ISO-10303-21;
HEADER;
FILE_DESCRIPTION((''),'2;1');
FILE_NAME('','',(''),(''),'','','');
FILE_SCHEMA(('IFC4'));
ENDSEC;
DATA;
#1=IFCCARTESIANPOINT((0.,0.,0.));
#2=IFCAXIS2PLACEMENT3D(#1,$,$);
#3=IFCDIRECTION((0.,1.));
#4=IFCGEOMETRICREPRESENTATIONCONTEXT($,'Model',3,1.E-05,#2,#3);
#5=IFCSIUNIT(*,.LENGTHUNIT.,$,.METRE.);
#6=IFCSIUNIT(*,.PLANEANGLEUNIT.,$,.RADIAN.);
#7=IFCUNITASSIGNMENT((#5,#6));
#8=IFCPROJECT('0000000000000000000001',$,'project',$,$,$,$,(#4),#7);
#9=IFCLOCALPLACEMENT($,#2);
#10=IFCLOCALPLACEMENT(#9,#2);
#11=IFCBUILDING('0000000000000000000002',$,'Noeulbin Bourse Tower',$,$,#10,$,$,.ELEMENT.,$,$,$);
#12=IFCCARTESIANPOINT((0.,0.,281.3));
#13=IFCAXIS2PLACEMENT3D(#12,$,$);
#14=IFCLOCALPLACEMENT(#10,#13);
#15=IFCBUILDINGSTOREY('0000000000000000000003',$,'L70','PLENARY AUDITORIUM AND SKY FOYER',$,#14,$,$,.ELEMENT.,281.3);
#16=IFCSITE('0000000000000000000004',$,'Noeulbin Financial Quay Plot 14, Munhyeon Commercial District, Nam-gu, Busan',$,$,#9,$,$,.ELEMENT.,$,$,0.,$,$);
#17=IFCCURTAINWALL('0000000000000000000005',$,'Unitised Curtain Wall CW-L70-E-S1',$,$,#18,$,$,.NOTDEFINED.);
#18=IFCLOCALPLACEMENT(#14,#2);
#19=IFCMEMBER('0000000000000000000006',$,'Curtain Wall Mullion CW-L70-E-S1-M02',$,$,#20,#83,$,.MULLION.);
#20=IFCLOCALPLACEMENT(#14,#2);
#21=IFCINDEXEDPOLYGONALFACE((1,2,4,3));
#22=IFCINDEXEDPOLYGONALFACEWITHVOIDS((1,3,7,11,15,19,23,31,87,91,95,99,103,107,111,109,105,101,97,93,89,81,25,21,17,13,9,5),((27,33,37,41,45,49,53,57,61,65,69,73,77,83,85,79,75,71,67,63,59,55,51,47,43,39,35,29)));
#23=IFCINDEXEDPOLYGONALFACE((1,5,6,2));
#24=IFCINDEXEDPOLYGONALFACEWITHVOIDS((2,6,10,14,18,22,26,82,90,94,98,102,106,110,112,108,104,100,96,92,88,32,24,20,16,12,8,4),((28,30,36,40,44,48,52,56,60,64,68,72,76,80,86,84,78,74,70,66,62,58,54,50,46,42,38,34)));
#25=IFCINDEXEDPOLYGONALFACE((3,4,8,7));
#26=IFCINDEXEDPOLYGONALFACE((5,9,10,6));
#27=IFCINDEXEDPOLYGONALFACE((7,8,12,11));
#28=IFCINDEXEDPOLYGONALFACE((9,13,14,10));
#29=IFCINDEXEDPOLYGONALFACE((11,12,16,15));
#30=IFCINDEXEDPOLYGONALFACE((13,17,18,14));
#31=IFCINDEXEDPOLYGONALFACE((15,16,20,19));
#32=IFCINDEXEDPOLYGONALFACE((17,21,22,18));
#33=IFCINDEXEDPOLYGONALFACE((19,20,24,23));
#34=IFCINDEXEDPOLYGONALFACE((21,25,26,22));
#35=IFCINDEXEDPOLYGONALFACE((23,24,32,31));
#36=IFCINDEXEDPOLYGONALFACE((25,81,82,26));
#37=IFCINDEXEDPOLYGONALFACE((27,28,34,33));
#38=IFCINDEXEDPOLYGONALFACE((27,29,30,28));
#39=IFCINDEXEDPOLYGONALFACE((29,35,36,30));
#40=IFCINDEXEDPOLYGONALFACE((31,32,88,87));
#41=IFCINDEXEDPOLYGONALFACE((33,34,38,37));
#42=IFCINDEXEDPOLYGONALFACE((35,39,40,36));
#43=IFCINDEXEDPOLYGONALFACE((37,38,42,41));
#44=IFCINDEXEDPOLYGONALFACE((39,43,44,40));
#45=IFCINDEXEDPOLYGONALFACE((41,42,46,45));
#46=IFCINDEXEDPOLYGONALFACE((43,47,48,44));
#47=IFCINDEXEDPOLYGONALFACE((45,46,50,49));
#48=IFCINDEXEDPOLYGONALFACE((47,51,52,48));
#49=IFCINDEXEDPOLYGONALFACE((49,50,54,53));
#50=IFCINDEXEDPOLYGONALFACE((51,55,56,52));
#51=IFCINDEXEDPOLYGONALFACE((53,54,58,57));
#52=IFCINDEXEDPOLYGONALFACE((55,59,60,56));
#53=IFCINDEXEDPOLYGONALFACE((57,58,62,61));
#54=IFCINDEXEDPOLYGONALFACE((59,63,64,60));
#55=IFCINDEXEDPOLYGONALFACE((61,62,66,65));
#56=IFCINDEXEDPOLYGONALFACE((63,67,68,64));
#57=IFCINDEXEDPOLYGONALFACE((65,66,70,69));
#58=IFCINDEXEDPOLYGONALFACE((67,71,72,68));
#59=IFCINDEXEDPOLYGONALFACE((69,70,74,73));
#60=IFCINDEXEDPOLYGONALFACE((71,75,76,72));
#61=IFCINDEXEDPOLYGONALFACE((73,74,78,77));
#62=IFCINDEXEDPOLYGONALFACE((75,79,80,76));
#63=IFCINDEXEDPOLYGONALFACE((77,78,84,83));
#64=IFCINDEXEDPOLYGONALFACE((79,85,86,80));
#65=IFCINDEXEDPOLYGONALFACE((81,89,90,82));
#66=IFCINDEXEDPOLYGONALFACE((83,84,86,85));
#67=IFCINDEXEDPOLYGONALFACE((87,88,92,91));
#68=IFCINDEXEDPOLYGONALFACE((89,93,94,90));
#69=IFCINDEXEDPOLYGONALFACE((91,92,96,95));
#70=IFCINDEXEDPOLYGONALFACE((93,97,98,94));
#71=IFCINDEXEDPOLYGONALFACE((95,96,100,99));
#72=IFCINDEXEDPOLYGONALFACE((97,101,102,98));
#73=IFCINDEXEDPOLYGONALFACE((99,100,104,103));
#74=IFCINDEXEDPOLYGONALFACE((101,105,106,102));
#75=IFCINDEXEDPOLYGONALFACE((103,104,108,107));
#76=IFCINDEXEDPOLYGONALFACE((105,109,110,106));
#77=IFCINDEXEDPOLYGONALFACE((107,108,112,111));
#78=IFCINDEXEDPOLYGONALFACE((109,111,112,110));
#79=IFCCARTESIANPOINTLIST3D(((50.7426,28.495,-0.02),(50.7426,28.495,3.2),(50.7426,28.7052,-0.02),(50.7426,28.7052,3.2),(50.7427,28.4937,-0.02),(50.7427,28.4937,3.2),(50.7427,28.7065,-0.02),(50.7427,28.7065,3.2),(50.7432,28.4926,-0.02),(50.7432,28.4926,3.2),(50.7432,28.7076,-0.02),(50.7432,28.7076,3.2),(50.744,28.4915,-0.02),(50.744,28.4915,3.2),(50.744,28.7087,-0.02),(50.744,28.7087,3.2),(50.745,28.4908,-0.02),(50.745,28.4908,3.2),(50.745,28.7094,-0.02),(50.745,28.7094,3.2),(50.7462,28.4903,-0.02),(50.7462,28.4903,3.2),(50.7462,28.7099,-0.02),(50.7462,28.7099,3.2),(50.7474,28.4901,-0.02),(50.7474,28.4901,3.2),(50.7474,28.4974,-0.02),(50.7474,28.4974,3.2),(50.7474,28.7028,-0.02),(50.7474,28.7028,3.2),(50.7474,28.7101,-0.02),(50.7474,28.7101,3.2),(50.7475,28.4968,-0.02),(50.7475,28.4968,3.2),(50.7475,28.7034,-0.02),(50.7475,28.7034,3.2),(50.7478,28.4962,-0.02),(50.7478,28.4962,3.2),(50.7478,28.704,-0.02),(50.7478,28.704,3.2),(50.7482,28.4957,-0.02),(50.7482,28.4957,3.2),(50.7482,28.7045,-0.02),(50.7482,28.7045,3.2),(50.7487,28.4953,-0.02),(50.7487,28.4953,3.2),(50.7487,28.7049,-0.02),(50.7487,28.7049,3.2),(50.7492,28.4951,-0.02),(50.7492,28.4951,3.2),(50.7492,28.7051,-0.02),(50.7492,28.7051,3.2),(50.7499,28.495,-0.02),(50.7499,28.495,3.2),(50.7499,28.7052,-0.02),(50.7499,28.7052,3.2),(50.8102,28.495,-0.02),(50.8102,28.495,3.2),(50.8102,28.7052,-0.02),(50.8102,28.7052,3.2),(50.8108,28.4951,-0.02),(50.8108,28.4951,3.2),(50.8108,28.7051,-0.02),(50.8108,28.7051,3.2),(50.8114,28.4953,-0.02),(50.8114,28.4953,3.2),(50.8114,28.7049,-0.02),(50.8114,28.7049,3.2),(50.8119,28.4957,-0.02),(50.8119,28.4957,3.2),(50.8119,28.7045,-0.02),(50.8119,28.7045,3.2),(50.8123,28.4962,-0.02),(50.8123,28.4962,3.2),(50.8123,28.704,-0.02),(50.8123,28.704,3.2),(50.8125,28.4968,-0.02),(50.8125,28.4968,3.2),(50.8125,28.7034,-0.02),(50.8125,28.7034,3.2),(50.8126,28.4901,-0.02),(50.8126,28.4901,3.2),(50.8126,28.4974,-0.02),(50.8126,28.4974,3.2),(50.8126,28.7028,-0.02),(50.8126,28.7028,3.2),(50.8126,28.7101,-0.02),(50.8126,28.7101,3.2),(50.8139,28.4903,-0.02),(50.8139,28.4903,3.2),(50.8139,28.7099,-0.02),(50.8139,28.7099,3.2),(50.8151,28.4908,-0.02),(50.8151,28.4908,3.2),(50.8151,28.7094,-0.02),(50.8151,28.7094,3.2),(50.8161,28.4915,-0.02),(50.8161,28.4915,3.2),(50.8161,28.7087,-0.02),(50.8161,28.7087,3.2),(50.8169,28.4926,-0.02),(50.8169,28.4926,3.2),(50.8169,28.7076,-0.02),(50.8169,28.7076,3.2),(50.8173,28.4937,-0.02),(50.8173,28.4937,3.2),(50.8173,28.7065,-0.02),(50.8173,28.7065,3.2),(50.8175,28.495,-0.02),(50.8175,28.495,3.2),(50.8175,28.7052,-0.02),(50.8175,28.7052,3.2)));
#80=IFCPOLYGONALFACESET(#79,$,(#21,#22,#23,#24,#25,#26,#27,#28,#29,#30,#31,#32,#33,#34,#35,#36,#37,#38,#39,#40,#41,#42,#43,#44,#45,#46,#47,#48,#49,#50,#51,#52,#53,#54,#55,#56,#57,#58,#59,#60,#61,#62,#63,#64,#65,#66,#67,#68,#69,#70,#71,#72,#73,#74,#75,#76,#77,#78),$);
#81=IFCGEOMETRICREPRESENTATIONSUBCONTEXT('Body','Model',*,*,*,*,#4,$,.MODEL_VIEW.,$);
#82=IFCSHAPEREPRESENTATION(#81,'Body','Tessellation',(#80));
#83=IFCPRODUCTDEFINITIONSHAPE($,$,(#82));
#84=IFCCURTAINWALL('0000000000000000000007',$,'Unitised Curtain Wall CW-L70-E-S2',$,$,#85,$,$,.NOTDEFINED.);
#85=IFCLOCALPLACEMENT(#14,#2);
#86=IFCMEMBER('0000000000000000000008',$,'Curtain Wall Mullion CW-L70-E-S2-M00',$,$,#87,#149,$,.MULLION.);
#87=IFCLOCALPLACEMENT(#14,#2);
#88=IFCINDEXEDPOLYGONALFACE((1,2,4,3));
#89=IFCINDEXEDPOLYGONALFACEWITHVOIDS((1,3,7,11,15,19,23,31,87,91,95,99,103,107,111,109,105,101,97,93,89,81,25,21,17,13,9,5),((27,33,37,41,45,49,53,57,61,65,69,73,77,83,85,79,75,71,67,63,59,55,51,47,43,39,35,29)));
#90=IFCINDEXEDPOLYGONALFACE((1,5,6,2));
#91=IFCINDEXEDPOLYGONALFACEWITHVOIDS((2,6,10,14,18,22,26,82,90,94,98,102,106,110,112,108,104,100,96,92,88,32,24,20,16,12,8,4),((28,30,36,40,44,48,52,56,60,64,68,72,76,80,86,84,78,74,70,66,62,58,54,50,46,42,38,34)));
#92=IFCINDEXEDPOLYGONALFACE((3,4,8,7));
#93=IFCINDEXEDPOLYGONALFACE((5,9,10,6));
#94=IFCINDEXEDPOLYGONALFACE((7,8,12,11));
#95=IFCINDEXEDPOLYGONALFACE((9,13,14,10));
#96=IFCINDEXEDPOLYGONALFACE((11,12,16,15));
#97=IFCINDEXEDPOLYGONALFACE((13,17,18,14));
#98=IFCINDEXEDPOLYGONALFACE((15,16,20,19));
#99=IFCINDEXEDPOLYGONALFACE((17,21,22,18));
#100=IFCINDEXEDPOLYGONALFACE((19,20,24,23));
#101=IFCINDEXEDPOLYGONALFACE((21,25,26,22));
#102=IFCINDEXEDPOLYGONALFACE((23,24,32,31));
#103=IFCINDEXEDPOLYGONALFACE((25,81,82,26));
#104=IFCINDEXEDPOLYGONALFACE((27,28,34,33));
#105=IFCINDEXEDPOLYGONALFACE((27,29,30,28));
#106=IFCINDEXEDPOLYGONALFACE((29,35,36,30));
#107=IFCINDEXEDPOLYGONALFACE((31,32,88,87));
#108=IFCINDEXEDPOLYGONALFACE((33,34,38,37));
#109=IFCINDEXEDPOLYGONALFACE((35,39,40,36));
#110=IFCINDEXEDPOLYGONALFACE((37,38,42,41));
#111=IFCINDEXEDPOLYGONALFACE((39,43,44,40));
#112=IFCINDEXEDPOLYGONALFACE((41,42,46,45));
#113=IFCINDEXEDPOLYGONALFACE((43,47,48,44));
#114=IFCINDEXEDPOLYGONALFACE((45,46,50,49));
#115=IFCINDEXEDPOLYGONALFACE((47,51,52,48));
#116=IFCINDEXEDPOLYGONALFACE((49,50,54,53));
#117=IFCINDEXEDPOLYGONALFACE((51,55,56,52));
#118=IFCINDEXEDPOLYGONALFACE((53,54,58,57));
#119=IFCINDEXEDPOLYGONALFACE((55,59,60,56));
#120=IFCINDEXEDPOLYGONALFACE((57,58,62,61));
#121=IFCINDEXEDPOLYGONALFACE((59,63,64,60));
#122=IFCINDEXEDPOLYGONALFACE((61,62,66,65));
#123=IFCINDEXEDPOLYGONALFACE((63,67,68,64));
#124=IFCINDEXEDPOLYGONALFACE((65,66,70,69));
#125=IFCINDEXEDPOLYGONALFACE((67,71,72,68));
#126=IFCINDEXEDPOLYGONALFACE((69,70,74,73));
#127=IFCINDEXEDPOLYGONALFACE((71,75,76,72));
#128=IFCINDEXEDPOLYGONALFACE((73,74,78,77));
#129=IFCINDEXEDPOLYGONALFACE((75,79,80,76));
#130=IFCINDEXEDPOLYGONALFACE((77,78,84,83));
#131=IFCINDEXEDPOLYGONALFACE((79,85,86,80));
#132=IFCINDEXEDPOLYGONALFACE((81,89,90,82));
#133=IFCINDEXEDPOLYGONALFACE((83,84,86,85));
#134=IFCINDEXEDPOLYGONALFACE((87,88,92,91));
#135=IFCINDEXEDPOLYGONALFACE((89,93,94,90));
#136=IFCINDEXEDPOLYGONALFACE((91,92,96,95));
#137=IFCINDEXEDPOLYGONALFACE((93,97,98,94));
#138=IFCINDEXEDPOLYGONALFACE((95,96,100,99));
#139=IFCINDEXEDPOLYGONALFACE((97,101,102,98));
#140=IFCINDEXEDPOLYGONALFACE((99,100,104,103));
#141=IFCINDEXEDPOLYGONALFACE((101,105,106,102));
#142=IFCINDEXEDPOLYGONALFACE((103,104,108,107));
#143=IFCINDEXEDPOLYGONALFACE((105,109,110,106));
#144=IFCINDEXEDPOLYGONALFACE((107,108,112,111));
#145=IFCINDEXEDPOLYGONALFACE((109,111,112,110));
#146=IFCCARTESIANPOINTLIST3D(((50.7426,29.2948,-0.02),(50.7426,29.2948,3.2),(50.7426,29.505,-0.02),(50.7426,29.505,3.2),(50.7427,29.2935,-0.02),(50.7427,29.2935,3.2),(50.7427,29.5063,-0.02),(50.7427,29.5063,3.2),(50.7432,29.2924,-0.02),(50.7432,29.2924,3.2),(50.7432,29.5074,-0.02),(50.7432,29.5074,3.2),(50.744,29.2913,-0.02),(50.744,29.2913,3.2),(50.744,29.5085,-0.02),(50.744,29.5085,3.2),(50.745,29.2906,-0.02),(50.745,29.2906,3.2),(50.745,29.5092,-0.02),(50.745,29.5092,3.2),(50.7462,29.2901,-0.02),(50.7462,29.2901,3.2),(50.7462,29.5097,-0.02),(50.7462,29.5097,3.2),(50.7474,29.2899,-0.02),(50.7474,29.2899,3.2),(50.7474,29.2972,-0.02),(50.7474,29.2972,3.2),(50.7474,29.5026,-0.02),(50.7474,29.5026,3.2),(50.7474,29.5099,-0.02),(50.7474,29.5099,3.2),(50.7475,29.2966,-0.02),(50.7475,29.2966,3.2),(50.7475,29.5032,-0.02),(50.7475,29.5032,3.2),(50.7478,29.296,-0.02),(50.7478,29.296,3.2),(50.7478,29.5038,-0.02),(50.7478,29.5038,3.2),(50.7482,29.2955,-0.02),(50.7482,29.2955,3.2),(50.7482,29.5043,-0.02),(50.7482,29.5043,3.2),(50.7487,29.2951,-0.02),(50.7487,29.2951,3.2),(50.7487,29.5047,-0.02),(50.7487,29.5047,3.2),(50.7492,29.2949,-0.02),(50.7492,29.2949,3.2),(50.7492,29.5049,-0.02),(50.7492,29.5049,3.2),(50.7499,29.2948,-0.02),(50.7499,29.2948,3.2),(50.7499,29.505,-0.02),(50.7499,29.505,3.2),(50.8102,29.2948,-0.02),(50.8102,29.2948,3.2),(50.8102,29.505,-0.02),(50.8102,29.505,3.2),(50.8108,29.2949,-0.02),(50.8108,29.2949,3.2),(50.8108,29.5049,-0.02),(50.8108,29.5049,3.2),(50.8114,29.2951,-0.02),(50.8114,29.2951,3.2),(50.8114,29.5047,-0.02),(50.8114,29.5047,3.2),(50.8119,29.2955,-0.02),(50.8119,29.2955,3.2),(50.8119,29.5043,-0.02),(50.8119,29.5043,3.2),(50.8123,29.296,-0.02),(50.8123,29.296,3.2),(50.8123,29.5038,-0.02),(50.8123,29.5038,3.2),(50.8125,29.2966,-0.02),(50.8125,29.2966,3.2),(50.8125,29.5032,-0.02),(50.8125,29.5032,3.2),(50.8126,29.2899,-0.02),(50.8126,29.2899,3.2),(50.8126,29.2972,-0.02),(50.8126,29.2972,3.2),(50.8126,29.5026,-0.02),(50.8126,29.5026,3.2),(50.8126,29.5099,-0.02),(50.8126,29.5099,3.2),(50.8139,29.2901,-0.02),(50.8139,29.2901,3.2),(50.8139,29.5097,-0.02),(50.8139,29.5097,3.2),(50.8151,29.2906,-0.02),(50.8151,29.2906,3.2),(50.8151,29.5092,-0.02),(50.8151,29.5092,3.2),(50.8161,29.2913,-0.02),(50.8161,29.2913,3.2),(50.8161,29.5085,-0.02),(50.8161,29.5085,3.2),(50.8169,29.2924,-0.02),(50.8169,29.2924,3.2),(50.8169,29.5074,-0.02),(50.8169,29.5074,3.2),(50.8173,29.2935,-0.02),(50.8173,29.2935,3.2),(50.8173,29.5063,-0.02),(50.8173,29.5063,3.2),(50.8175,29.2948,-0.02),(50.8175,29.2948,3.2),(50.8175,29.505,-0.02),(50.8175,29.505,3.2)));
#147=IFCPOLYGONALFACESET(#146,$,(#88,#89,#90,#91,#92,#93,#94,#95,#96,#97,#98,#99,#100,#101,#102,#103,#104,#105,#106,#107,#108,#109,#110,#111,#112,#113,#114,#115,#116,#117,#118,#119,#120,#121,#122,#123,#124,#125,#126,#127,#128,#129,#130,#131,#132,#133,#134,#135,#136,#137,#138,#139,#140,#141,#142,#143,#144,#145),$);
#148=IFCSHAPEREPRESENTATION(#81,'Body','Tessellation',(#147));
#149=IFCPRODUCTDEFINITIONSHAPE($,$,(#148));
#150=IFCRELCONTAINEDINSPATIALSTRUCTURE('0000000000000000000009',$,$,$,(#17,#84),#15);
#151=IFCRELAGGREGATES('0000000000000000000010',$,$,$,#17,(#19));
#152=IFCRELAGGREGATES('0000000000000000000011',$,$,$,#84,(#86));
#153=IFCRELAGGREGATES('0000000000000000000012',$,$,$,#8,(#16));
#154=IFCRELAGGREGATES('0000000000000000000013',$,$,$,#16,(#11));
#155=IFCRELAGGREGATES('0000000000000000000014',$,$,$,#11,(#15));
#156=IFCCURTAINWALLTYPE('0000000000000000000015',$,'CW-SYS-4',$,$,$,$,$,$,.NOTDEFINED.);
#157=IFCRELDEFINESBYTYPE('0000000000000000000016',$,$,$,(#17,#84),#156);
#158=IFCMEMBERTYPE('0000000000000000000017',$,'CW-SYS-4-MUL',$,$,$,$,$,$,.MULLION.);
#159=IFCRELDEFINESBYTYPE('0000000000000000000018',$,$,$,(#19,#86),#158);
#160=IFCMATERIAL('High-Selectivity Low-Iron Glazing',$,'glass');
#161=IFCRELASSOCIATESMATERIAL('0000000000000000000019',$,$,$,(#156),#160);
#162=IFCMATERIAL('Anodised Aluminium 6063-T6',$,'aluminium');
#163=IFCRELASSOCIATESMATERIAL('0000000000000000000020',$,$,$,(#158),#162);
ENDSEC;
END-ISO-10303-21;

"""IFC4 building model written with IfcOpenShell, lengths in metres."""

from ifc_helpers import new_model, si_unit, direction, frame, origin, origin_2d, place, context, subcontext, project, spatial, hollow_rectangle, extrude, material, material_profile, profile_set, type_object, element, aggregate, save


model = new_model("IFC4")

# Units and contexts
model_context = context("Model", 3, precision=1e-05, world=origin(), true_north=direction((0.0, 1.0)))
body_context = subcontext(model_context, "Body", "Model", "MODEL_VIEW")
ifc_project = project(units=[si_unit("LENGTHUNIT", "METRE"), si_unit("PLANEANGLEUNIT", "RADIAN")], contexts=[model_context])

# Site, building, storey
site_placement = place(None, origin())
site = spatial("IfcSite", under=ifc_project, at=site_placement, Name="Noeulbin Financial Quay Plot 14, Munhyeon Commercial District, Nam-gu, Busan", CompositionType="ELEMENT", RefElevation=0.0)
building_placement = place(site_placement, origin())
building = spatial("IfcBuilding", under=site, at=building_placement, Name="Noeulbin Bourse Tower", CompositionType="ELEMENT")
storey_placement = place(building_placement, frame((0.0, 0.0, 281.3)))
storey = spatial("IfcBuildingStorey", under=building, at=storey_placement, Name="L70", Description="PLENARY AUDITORIUM AND SKY FOYER", CompositionType="ELEMENT", Elevation=281.3)

# Curtain wall, member
ifc_material_1 = material(Name="High-Selectivity Low-Iron Glazing", Category="glass")
curtain_wall_type = type_object("IfcCurtainWallType", Name="CW-SYS-4", PredefinedType="NOTDEFINED", material=ifc_material_1)
ifc_material_2 = material(Name="Anodised Aluminium 6063-T6", Category="aluminium")
ifc_material_profile_1 = material_profile(ifc_material_2, hollow_rectangle(XDim=0.075, YDim=0.22, WallThickness=0.0049, InnerFilletRadius=0.0024, OuterFilletRadius=0.0049, at=origin_2d()), Name="ALU-MULL-75x220x5", Category="LoadBearing")
ifc_profile_set_1 = profile_set([ifc_material_profile_1], Name="Anodised Aluminium 6063-T6")
member_type_1 = type_object("IfcMemberType", Name="CW-SYS-4-MUL", PredefinedType="MULLION", material=ifc_profile_set_1)
curtain_wall_1_placement = place(storey_placement, origin())
curtain_wall_1 = element("IfcCurtainWall", 1, at=curtain_wall_1_placement, inside=storey, type_object=curtain_wall_type, Name="Unitised Curtain Wall CW-L70-E-S1", PredefinedType="NOTDEFINED")
member_1_placement = place(storey_placement, frame((50.78, 28.6001, -0.02), z_axis=(0.0, 0.0, 1.0), x_axis=(1.0, 0.0, 0.0)))
member_1 = element("IfcMember", 2, at=member_1_placement, type_object=member_type_1, Name="Curtain Wall Mullion CW-L70-E-S1-M02", PredefinedType="MULLION", context=body_context, shape_type="SweptSolid", body=[
    extrude(hollow_rectangle(XDim=0.075, YDim=0.22, WallThickness=0.0049, InnerFilletRadius=0.0024, OuterFilletRadius=0.0049, at=origin_2d()), origin(), (0.0, 0.0, 1.0), 3.22),
])

# Curtain wall, member
curtain_wall_2_placement = place(storey_placement, origin())
curtain_wall_2 = element("IfcCurtainWall", 3, at=curtain_wall_2_placement, inside=storey, type_object=curtain_wall_type, Name="Unitised Curtain Wall CW-L70-E-S2", PredefinedType="NOTDEFINED")
member_2_placement = place(storey_placement, frame((50.78, 29.3999, -0.02), z_axis=(0.0, 0.0, 1.0), x_axis=(1.0, 0.0, 0.0)))
member_2 = element("IfcMember", 4, at=member_2_placement, type_object=member_type_1, Name="Curtain Wall Mullion CW-L70-E-S2-M00", PredefinedType="MULLION", context=body_context, shape_type="SweptSolid", body=[
    extrude(hollow_rectangle(XDim=0.075, YDim=0.22, WallThickness=0.0049, InnerFilletRadius=0.0024, OuterFilletRadius=0.0049, at=origin_2d()), origin(), (0.0, 0.0, 1.0), 3.22),
])

aggregate(curtain_wall_1, [member_1])
aggregate(curtain_wall_2, [member_2])

save(model, "model.ifc")
